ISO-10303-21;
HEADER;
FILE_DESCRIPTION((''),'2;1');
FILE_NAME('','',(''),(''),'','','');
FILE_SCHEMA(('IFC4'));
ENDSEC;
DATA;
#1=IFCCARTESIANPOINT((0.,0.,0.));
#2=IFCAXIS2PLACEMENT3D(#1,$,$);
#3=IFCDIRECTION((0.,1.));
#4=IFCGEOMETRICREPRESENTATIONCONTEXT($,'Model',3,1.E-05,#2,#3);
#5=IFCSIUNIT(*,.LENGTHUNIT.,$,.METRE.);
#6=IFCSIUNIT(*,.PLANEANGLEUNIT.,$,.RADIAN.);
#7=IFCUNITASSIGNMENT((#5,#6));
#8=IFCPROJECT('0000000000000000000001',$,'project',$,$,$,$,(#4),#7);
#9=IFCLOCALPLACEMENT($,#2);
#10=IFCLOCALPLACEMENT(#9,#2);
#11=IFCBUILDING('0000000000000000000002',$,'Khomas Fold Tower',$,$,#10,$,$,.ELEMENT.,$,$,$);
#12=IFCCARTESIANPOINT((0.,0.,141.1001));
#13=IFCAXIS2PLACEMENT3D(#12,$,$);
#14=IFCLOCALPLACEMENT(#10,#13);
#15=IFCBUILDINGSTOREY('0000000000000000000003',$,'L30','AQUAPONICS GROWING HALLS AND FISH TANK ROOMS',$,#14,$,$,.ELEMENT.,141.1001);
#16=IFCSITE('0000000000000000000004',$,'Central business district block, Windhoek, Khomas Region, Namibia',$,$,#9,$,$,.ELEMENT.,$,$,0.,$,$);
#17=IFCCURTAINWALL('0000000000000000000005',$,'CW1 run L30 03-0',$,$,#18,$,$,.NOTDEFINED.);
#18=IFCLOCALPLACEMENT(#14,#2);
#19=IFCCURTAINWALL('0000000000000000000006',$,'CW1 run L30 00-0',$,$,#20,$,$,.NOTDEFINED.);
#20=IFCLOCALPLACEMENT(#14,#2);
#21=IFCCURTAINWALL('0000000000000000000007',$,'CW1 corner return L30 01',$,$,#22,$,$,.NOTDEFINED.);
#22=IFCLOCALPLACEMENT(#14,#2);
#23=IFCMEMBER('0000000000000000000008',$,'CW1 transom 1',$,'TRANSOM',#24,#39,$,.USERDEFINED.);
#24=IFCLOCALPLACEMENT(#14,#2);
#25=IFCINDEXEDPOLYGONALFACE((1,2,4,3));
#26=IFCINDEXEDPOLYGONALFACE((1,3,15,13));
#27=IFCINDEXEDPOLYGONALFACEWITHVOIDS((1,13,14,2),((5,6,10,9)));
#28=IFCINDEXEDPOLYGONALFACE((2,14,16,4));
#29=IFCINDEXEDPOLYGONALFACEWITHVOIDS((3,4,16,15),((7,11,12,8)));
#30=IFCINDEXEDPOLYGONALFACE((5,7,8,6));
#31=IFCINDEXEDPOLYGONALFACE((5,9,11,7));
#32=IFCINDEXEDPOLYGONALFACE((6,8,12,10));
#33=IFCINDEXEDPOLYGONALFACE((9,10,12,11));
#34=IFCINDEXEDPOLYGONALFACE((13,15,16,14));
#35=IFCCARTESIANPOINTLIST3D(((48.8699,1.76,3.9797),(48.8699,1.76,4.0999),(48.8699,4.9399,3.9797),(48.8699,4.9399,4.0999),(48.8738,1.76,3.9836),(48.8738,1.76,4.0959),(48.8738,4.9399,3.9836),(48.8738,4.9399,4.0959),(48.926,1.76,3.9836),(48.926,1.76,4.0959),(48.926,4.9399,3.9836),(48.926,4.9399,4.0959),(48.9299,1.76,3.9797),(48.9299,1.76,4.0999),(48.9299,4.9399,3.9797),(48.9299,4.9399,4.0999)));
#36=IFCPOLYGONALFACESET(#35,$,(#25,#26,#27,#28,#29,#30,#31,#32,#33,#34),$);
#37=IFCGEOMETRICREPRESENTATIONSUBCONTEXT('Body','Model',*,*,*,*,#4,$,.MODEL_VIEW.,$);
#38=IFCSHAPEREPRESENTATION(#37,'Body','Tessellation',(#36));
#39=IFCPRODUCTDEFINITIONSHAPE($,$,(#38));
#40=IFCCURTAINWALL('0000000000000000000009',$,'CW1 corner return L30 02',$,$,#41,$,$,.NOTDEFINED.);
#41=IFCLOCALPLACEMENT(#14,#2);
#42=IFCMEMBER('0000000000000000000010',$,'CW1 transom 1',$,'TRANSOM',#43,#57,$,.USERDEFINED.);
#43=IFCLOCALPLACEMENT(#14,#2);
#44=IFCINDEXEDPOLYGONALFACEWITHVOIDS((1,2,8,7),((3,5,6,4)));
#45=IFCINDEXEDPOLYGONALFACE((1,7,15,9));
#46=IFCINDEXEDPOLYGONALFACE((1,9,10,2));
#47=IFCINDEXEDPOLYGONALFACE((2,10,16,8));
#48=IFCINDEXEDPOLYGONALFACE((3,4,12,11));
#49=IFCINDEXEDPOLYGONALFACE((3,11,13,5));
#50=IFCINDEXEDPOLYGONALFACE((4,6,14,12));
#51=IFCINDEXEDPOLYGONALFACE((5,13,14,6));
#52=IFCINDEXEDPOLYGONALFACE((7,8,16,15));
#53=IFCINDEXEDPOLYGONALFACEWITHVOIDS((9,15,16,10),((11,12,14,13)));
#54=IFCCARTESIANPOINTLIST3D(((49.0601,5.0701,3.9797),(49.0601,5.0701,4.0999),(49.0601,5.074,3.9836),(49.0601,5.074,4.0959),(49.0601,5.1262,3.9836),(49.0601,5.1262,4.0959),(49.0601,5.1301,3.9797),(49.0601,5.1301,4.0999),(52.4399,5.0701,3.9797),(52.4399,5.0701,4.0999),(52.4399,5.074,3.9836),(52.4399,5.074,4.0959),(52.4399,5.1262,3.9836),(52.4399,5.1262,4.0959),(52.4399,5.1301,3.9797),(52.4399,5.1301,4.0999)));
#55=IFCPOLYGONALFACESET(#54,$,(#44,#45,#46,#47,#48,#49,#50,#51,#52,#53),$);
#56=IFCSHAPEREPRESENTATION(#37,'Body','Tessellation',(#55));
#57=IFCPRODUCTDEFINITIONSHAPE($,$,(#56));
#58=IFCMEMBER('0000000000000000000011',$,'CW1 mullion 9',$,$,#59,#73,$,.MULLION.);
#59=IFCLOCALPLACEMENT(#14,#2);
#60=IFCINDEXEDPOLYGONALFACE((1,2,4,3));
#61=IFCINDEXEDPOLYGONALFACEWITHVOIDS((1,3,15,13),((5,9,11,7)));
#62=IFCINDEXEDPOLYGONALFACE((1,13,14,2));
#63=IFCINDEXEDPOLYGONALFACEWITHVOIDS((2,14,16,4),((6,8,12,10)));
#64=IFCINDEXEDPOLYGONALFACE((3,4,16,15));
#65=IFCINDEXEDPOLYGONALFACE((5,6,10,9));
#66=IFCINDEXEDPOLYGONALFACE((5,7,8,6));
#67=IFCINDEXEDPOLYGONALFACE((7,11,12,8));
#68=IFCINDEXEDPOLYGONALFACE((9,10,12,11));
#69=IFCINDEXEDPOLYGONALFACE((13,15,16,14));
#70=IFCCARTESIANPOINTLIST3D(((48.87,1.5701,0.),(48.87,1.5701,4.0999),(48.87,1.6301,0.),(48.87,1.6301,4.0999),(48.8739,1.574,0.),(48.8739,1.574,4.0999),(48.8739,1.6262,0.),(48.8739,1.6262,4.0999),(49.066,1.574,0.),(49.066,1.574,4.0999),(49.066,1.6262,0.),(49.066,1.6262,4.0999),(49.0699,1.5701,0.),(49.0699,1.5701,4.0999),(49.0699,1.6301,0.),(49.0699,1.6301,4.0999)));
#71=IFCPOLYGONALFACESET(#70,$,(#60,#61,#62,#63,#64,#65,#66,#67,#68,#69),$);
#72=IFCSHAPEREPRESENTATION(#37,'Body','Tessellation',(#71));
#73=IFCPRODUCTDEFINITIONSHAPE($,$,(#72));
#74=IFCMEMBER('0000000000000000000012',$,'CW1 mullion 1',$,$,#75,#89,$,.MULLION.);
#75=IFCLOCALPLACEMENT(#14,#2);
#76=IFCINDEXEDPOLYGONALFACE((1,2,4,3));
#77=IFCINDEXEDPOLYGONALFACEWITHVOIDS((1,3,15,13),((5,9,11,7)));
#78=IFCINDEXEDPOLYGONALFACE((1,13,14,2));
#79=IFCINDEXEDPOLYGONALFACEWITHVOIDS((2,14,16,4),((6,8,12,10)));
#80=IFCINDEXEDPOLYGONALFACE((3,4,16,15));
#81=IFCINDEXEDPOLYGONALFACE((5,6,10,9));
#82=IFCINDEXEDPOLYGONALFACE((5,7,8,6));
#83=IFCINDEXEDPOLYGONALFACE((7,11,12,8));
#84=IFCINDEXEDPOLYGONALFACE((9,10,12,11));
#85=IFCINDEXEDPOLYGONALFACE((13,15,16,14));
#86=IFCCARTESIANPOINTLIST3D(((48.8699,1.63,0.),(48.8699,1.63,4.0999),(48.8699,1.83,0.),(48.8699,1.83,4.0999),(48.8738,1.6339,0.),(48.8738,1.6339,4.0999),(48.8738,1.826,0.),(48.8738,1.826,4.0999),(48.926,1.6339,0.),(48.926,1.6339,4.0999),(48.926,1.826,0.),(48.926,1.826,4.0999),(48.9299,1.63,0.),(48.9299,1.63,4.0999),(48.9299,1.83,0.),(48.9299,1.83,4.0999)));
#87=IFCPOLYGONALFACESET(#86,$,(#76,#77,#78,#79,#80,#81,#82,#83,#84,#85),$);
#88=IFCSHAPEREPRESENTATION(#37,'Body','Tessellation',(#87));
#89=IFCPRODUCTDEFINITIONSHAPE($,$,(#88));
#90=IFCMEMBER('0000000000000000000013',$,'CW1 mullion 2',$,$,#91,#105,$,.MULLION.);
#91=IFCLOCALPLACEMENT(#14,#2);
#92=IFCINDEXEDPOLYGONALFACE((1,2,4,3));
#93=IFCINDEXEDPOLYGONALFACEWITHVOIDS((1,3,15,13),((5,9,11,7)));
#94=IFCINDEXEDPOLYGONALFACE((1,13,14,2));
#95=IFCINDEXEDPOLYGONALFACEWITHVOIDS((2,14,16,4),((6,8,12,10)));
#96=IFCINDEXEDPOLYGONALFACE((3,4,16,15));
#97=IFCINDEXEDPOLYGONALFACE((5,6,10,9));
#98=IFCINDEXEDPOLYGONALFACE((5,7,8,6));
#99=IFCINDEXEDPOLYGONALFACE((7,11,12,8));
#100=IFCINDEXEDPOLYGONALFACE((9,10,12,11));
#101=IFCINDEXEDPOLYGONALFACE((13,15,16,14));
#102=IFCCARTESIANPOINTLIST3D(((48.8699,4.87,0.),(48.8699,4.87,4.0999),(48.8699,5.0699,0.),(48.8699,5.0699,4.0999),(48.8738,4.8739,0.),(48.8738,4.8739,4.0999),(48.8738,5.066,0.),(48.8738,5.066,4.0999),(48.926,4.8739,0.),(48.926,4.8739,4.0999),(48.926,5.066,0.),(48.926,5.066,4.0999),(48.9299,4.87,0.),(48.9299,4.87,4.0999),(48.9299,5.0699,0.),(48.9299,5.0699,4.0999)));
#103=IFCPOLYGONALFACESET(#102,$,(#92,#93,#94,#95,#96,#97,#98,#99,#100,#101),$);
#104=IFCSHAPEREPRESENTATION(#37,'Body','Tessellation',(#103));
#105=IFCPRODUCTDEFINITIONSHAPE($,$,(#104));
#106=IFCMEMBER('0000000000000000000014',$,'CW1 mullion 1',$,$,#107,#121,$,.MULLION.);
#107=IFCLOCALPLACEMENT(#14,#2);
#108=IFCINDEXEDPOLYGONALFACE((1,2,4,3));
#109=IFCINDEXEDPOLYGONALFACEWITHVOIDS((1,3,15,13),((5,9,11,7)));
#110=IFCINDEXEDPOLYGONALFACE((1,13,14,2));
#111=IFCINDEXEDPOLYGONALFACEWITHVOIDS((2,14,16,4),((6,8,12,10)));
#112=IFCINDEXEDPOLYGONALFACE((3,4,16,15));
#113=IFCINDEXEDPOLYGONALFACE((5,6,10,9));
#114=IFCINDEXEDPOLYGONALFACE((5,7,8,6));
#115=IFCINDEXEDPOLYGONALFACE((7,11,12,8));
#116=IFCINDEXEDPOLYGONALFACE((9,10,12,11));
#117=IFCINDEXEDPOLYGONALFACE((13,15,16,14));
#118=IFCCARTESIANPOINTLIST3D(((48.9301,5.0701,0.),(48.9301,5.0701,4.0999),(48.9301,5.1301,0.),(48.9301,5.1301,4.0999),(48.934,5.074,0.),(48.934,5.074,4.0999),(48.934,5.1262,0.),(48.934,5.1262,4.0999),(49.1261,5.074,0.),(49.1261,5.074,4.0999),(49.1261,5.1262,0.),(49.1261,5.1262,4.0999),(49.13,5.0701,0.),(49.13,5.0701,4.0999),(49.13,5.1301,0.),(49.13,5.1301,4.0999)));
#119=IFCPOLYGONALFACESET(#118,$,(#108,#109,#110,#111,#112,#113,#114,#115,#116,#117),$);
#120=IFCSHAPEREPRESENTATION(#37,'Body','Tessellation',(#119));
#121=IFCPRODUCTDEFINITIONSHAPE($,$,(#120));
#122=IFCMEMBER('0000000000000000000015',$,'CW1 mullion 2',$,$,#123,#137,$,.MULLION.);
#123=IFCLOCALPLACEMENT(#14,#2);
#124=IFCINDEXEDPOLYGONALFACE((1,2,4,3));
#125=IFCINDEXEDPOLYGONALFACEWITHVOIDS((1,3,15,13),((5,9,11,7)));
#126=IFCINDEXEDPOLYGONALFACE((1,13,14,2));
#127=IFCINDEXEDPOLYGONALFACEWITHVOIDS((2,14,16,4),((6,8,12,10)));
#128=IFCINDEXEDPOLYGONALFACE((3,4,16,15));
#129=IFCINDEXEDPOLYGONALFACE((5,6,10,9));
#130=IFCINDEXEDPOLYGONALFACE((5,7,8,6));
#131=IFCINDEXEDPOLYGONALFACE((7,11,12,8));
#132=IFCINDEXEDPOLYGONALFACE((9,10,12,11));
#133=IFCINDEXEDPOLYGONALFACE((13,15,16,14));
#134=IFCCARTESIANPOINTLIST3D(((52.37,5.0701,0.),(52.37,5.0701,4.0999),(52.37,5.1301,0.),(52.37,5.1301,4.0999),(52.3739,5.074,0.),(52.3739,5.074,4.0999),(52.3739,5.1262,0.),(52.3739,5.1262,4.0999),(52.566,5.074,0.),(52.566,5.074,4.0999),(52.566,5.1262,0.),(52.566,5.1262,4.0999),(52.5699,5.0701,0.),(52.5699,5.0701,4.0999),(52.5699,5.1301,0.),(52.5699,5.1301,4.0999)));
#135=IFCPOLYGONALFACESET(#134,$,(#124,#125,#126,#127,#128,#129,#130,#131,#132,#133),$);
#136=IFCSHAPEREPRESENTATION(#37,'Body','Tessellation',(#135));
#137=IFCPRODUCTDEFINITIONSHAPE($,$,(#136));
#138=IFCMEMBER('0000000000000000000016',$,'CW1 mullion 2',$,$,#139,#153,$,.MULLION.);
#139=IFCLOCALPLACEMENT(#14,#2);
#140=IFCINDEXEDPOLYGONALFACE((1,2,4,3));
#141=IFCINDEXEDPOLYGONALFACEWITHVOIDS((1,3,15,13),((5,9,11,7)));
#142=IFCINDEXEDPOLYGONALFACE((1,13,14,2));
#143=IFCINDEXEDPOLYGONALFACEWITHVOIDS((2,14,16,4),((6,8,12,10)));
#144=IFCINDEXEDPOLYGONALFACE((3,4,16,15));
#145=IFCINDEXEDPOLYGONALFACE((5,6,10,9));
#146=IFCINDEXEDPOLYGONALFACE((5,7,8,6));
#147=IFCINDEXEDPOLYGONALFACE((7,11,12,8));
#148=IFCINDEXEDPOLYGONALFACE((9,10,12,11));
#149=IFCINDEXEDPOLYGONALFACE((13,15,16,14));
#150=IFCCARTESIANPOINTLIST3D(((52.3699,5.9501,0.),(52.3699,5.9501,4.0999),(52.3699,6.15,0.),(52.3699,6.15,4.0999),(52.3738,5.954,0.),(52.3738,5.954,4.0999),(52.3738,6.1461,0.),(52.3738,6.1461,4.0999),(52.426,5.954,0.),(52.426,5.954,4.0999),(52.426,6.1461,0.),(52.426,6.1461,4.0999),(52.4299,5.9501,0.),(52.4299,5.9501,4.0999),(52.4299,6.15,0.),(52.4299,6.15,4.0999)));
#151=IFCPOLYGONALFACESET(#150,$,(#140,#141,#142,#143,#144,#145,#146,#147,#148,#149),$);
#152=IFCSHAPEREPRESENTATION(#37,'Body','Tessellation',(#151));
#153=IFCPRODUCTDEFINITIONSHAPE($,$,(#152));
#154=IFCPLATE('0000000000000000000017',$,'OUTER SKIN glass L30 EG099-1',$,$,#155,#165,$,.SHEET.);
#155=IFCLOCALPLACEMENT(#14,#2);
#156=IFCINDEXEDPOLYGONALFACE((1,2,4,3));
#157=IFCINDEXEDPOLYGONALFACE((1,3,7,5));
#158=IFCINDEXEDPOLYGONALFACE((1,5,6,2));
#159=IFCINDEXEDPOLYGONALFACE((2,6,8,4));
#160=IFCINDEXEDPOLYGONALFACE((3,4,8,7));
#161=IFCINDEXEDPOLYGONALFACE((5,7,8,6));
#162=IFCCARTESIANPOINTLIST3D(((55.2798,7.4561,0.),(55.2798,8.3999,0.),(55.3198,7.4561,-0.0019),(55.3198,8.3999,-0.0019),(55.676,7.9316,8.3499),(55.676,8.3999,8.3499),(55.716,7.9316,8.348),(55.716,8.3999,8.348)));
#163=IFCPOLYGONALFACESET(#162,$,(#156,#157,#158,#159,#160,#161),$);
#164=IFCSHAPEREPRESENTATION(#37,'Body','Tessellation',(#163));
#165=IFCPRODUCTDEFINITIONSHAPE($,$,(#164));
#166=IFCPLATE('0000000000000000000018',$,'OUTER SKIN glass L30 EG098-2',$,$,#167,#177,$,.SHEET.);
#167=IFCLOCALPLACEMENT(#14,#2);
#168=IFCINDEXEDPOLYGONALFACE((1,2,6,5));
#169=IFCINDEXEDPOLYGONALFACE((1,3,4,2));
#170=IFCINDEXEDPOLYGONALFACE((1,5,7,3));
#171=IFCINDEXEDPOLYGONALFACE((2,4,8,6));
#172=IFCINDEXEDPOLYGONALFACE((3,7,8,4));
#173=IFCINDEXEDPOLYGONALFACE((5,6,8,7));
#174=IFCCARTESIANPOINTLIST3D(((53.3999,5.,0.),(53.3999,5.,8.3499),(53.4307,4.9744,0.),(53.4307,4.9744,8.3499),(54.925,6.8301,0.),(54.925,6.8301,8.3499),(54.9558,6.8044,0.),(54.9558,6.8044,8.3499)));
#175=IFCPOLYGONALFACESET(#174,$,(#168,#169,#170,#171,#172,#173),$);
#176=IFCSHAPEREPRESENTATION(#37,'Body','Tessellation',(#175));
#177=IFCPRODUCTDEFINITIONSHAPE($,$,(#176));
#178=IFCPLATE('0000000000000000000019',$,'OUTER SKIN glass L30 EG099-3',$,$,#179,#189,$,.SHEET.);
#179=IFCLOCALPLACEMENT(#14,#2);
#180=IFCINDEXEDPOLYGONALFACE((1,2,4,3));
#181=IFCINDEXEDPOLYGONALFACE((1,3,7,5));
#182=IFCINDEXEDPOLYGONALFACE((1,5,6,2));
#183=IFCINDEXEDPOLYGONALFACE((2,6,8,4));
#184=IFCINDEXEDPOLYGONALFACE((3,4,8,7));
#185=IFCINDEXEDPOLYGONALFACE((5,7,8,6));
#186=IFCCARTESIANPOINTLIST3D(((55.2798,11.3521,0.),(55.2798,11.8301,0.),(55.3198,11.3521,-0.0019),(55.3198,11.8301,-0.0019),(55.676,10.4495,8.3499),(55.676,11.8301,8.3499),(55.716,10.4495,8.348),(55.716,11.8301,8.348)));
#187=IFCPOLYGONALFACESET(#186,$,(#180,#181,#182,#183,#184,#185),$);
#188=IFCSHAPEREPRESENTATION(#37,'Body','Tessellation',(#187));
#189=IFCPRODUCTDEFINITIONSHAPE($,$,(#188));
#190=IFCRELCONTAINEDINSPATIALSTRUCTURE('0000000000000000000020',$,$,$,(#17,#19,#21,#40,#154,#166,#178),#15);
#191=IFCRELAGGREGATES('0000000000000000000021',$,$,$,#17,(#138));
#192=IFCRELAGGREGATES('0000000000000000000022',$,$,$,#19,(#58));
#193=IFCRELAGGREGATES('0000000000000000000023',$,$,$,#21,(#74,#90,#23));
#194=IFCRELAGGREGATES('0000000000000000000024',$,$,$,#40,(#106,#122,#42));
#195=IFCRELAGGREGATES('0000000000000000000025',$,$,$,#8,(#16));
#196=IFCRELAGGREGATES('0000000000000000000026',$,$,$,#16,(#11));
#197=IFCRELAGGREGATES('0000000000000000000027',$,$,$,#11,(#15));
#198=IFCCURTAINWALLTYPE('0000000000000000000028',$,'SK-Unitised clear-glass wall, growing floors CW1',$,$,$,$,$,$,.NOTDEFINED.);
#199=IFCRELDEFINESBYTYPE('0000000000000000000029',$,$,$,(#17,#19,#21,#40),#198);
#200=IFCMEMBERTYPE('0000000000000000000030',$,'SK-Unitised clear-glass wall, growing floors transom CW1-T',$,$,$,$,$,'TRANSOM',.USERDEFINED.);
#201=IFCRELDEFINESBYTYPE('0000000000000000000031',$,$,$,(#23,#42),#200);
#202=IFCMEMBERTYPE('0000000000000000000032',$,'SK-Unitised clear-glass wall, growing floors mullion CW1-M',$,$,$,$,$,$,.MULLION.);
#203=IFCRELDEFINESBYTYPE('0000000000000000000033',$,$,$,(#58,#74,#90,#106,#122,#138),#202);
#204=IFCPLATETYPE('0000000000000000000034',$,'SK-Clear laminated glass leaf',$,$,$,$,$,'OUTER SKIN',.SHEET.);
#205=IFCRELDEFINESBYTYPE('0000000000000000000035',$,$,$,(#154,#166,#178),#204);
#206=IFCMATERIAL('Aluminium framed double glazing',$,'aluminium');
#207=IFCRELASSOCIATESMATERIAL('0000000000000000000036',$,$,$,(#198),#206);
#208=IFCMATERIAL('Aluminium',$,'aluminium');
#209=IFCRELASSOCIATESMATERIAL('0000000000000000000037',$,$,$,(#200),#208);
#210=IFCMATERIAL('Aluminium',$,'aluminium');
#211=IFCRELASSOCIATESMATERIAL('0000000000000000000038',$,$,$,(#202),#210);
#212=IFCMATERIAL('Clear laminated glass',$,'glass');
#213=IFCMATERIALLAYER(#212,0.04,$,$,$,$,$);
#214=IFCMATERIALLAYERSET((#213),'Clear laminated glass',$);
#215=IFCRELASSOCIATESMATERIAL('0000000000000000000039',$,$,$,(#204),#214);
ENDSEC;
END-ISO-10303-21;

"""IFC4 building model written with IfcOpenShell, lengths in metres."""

from ifc_helpers import new_model, si_unit, direction, frame, origin, origin_2d, place, context, subcontext, project, spatial, polyline, hollow_rectangle, outline, extrude, source, transform, mapped, material, layer, layer_set, material_profile, profile_set, type_object, element, aggregate, save


model = new_model("IFC4")

# Units and contexts
model_context = context("Model", 3, precision=1e-05, world=origin(), true_north=direction((0.0, 1.0)))
body_context = subcontext(model_context, "Body", "Model", "MODEL_VIEW")
ifc_project = project(units=[si_unit("LENGTHUNIT", "METRE"), si_unit("PLANEANGLEUNIT", "RADIAN")], contexts=[model_context])

# Site, building, storey
site_placement = place(None, origin())
site = spatial("IfcSite", under=ifc_project, at=site_placement, Name="Central business district block, Windhoek, Khomas Region, Namibia", CompositionType="ELEMENT", RefElevation=0.0)
building_placement = place(site_placement, origin())
building = spatial("IfcBuilding", under=site, at=building_placement, Name="Khomas Fold Tower", CompositionType="ELEMENT")
storey_placement = place(building_placement, frame((0.0, 0.0, 141.1001)))
storey = spatial("IfcBuildingStorey", under=building, at=storey_placement, Name="L30", Description="AQUAPONICS GROWING HALLS AND FISH TANK ROOMS", CompositionType="ELEMENT", Elevation=141.1001)

# Curtain wall
ifc_material_1 = material(Name="Aluminium framed double glazing", Category="aluminium")
curtain_wall_type = type_object("IfcCurtainWallType", Name="SK-Unitised clear-glass wall, growing floors CW1", PredefinedType="NOTDEFINED", material=ifc_material_1)
curtain_wall_1_placement = place(storey_placement, origin())
curtain_wall_1 = element("IfcCurtainWall", 1, at=curtain_wall_1_placement, inside=storey, type_object=curtain_wall_type, Name="CW1 run L30 03-0", PredefinedType="NOTDEFINED")
ifc_material_2 = material(Name="Aluminium", Category="aluminium")
ifc_material_profile_1 = material_profile(ifc_material_2, hollow_rectangle(XDim=0.0601, YDim=0.1201, WallThickness=0.0039, at=origin_2d()), Name="SK-Unitised clear-glass wall, growing floors transom CW1-T")
ifc_profile_set_1 = profile_set([ifc_material_profile_1], Name="Aluminium")
member_type_1 = type_object("IfcMemberType", Name="SK-Unitised clear-glass wall, growing floors transom CW1-T", ElementType="TRANSOM", PredefinedType="USERDEFINED", material=ifc_profile_set_1)

# Curtain walls, members
curtain_wall_2_placement = place(storey_placement, origin())
curtain_wall_2 = element("IfcCurtainWall", 2, at=curtain_wall_2_placement, inside=storey, type_object=curtain_wall_type, Name="CW1 run L30 00-0", PredefinedType="NOTDEFINED")
curtain_wall_3_placement = place(storey_placement, origin())
curtain_wall_3 = element("IfcCurtainWall", 3, at=curtain_wall_3_placement, inside=storey, type_object=curtain_wall_type, Name="CW1 corner return L30 01", PredefinedType="NOTDEFINED")
shared_shape_1 = source(origin(), body_context, "Body", "SweptSolid", [
    extrude(hollow_rectangle(XDim=0.0601, YDim=0.1201, WallThickness=0.0039, at=origin_2d()), origin(), (0.0, 0.0, 1.0), 3.1799),
])
member_1_placement = place(storey_placement, frame((48.8999, 1.76, 4.0398), z_axis=(0.0, 1.0, 0.0), x_axis=(-1.0, 0.0, 0.0)))
member_1 = element("IfcMember", 4, at=member_1_placement, type_object=member_type_1, Name="CW1 transom 1", ObjectType="TRANSOM", PredefinedType="USERDEFINED", context=body_context, shape_type="MappedRepresentation", body=[
    mapped(shared_shape_1, transform((0.0, 0.0, 0.0))),
])
curtain_wall_4_placement = place(storey_placement, origin())
curtain_wall_4 = element("IfcCurtainWall", 5, at=curtain_wall_4_placement, inside=storey, type_object=curtain_wall_type, Name="CW1 corner return L30 02", PredefinedType="NOTDEFINED")
shared_shape_2 = source(origin(), body_context, "Body", "SweptSolid", [
    extrude(hollow_rectangle(XDim=0.0601, YDim=0.1201, WallThickness=0.0039, at=origin_2d()), origin(), (0.0, 0.0, 1.0), 3.3799),
])
member_2_placement = place(storey_placement, frame((49.0601, 5.1001, 4.0398), z_axis=(1.0, 0.0, 0.0), x_axis=(0.0, 1.0, 0.0)))
member_2 = element("IfcMember", 6, at=member_2_placement, type_object=member_type_1, Name="CW1 transom 1", ObjectType="TRANSOM", PredefinedType="USERDEFINED", context=body_context, shape_type="MappedRepresentation", body=[
    mapped(shared_shape_2, transform((0.0, 0.0, 0.0))),
])

# Members
ifc_material_3 = material(Name="Aluminium", Category="aluminium")
ifc_material_profile_2 = material_profile(ifc_material_3, hollow_rectangle(XDim=0.0601, YDim=0.2, WallThickness=0.0039, at=origin_2d()), Name="SK-Unitised clear-glass wall, growing floors mullion CW1-M")
ifc_profile_set_2 = profile_set([ifc_material_profile_2], Name="Aluminium")
member_type_2 = type_object("IfcMemberType", Name="SK-Unitised clear-glass wall, growing floors mullion CW1-M", PredefinedType="MULLION", material=ifc_profile_set_2)
shared_shape_3 = source(origin(), body_context, "Body", "SweptSolid", [
    extrude(hollow_rectangle(XDim=0.0601, YDim=0.2, WallThickness=0.0039, at=origin_2d()), origin(), (0.0, 0.0, 1.0), 4.0999),
])
member_3_placement = place(storey_placement, frame((48.97, 1.6001, 0.0), z_axis=(0.0, 0.0, 1.0), x_axis=(0.0, 1.0, 0.0)))
member_3 = element("IfcMember", 7, at=member_3_placement, type_object=member_type_2, Name="CW1 mullion 9", PredefinedType="MULLION", context=body_context, shape_type="MappedRepresentation", body=[
    mapped(shared_shape_3, transform((0.0, 0.0, 0.0))),
])
member_4_placement = place(storey_placement, frame((48.8999, 1.73, 0.0), z_axis=(0.0, 0.0, 1.0), x_axis=(-1.0, 0.0, 0.0)))
member_4 = element("IfcMember", 8, at=member_4_placement, type_object=member_type_2, Name="CW1 mullion 1", PredefinedType="MULLION", context=body_context, shape_type="MappedRepresentation", body=[
    mapped(shared_shape_3, transform((0.0, 0.0, 0.0))),
])
member_5_placement = place(storey_placement, frame((48.8999, 4.97, 0.0), z_axis=(0.0, 0.0, 1.0), x_axis=(-1.0, 0.0, 0.0)))
member_5 = element("IfcMember", 9, at=member_5_placement, type_object=member_type_2, Name="CW1 mullion 2", PredefinedType="MULLION", context=body_context, shape_type="MappedRepresentation", body=[
    mapped(shared_shape_3, transform((0.0, 0.0, 0.0))),
])
member_6_placement = place(storey_placement, frame((49.03, 5.1001, 0.0), z_axis=(0.0, 0.0, 1.0), x_axis=(0.0, 1.0, 0.0)))
member_6 = element("IfcMember", 10, at=member_6_placement, type_object=member_type_2, Name="CW1 mullion 1", PredefinedType="MULLION", context=body_context, shape_type="MappedRepresentation", body=[
    mapped(shared_shape_3, transform((0.0, 0.0, 0.0))),
])
member_7_placement = place(storey_placement, frame((52.47, 5.1001, 0.0), z_axis=(0.0, 0.0, 1.0), x_axis=(0.0, 1.0, 0.0)))
member_7 = element("IfcMember", 11, at=member_7_placement, type_object=member_type_2, Name="CW1 mullion 2", PredefinedType="MULLION", context=body_context, shape_type="MappedRepresentation", body=[
    mapped(shared_shape_3, transform((0.0, 0.0, 0.0))),
])
member_8_placement = place(storey_placement, frame((52.3999, 6.05, 0.0), z_axis=(0.0, 0.0, 1.0), x_axis=(-1.0, 0.0, 0.0)))
member_8 = element("IfcMember", 12, at=member_8_placement, type_object=member_type_2, Name="CW1 mullion 2", PredefinedType="MULLION", context=body_context, shape_type="MappedRepresentation", body=[
    mapped(shared_shape_3, transform((0.0, 0.0, 0.0))),
])

# Plates
ifc_material_4 = material(Name="Clear laminated glass", Category="glass")
ifc_layer_1 = layer(ifc_material_4, 0.04)
ifc_layer_set_1 = layer_set([ifc_layer_1], Name="Clear laminated glass")
plate_type_1 = type_object("IfcPlateType", Name="SK-Clear laminated glass leaf", ElementType="OUTER SKIN", PredefinedType="SHEET", material=ifc_layer_set_1)
plate_1_placement = place(storey_placement, frame((55.2798, 8.3999, 0.0), z_axis=(-0.998876, 0.0, 0.047401), x_axis=(0.0, -1.0, 0.0)))
element("IfcPlate", 13, at=plate_1_placement, inside=storey, type_object=plate_type_1, Name="OUTER SKIN glass L30 EG099-1", PredefinedType="SHEET", context=body_context, shape_type="SweptSolid", body=[
    extrude(outline(polyline([(0.0, 0.0), (0.9438, 0.0), (0.4683, 8.3592), (0.0, 8.3592), (0.0, 0.0)])), origin(), (0.0, 0.0, -1.0), 0.04),
])
plate_2_placement = place(storey_placement, frame((54.925, 6.8301, 8.3499), z_axis=(-0.768204, 0.640205, 0.0), x_axis=(0.0, 0.0, -1.0)))
element("IfcPlate", 14, at=plate_2_placement, inside=storey, type_object=plate_type_1, Name="OUTER SKIN glass L30 EG098-2", PredefinedType="SHEET", context=body_context, shape_type="SweptSolid", body=[
    extrude(outline(polyline([(0.0, 0.0), (8.3499, 0.0), (8.3499, 2.3823), (0.0, 2.3823), (0.0, 0.0)])), origin(), (0.0, 0.0, -1.0), 0.04),
])
plate_3_placement = place(storey_placement, frame((55.2798, 11.3521, 0.0), z_axis=(-0.998876, 0.0, 0.047401), x_axis=(0.047127, -0.107351, 0.993104)))
element("IfcPlate", 15, at=plate_3_placement, inside=storey, type_object=plate_type_1, Name="OUTER SKIN glass L30 EG099-3", PredefinedType="SHEET", context=body_context, shape_type="SweptSolid", body=[
    extrude(outline(polyline([(0.0, 0.0), (8.4078, 0.0), (8.2596, 1.3726), (-0.0513, 0.4753), (0.0, 0.0)])), origin(), (0.0, 0.0, -1.0), 0.04),
])

aggregate(curtain_wall_1, [member_8])
aggregate(curtain_wall_2, [member_3])
aggregate(curtain_wall_3, [member_4, member_5, member_1])
aggregate(curtain_wall_4, [member_6, member_7, member_2])

save(model, "model.ifc")
